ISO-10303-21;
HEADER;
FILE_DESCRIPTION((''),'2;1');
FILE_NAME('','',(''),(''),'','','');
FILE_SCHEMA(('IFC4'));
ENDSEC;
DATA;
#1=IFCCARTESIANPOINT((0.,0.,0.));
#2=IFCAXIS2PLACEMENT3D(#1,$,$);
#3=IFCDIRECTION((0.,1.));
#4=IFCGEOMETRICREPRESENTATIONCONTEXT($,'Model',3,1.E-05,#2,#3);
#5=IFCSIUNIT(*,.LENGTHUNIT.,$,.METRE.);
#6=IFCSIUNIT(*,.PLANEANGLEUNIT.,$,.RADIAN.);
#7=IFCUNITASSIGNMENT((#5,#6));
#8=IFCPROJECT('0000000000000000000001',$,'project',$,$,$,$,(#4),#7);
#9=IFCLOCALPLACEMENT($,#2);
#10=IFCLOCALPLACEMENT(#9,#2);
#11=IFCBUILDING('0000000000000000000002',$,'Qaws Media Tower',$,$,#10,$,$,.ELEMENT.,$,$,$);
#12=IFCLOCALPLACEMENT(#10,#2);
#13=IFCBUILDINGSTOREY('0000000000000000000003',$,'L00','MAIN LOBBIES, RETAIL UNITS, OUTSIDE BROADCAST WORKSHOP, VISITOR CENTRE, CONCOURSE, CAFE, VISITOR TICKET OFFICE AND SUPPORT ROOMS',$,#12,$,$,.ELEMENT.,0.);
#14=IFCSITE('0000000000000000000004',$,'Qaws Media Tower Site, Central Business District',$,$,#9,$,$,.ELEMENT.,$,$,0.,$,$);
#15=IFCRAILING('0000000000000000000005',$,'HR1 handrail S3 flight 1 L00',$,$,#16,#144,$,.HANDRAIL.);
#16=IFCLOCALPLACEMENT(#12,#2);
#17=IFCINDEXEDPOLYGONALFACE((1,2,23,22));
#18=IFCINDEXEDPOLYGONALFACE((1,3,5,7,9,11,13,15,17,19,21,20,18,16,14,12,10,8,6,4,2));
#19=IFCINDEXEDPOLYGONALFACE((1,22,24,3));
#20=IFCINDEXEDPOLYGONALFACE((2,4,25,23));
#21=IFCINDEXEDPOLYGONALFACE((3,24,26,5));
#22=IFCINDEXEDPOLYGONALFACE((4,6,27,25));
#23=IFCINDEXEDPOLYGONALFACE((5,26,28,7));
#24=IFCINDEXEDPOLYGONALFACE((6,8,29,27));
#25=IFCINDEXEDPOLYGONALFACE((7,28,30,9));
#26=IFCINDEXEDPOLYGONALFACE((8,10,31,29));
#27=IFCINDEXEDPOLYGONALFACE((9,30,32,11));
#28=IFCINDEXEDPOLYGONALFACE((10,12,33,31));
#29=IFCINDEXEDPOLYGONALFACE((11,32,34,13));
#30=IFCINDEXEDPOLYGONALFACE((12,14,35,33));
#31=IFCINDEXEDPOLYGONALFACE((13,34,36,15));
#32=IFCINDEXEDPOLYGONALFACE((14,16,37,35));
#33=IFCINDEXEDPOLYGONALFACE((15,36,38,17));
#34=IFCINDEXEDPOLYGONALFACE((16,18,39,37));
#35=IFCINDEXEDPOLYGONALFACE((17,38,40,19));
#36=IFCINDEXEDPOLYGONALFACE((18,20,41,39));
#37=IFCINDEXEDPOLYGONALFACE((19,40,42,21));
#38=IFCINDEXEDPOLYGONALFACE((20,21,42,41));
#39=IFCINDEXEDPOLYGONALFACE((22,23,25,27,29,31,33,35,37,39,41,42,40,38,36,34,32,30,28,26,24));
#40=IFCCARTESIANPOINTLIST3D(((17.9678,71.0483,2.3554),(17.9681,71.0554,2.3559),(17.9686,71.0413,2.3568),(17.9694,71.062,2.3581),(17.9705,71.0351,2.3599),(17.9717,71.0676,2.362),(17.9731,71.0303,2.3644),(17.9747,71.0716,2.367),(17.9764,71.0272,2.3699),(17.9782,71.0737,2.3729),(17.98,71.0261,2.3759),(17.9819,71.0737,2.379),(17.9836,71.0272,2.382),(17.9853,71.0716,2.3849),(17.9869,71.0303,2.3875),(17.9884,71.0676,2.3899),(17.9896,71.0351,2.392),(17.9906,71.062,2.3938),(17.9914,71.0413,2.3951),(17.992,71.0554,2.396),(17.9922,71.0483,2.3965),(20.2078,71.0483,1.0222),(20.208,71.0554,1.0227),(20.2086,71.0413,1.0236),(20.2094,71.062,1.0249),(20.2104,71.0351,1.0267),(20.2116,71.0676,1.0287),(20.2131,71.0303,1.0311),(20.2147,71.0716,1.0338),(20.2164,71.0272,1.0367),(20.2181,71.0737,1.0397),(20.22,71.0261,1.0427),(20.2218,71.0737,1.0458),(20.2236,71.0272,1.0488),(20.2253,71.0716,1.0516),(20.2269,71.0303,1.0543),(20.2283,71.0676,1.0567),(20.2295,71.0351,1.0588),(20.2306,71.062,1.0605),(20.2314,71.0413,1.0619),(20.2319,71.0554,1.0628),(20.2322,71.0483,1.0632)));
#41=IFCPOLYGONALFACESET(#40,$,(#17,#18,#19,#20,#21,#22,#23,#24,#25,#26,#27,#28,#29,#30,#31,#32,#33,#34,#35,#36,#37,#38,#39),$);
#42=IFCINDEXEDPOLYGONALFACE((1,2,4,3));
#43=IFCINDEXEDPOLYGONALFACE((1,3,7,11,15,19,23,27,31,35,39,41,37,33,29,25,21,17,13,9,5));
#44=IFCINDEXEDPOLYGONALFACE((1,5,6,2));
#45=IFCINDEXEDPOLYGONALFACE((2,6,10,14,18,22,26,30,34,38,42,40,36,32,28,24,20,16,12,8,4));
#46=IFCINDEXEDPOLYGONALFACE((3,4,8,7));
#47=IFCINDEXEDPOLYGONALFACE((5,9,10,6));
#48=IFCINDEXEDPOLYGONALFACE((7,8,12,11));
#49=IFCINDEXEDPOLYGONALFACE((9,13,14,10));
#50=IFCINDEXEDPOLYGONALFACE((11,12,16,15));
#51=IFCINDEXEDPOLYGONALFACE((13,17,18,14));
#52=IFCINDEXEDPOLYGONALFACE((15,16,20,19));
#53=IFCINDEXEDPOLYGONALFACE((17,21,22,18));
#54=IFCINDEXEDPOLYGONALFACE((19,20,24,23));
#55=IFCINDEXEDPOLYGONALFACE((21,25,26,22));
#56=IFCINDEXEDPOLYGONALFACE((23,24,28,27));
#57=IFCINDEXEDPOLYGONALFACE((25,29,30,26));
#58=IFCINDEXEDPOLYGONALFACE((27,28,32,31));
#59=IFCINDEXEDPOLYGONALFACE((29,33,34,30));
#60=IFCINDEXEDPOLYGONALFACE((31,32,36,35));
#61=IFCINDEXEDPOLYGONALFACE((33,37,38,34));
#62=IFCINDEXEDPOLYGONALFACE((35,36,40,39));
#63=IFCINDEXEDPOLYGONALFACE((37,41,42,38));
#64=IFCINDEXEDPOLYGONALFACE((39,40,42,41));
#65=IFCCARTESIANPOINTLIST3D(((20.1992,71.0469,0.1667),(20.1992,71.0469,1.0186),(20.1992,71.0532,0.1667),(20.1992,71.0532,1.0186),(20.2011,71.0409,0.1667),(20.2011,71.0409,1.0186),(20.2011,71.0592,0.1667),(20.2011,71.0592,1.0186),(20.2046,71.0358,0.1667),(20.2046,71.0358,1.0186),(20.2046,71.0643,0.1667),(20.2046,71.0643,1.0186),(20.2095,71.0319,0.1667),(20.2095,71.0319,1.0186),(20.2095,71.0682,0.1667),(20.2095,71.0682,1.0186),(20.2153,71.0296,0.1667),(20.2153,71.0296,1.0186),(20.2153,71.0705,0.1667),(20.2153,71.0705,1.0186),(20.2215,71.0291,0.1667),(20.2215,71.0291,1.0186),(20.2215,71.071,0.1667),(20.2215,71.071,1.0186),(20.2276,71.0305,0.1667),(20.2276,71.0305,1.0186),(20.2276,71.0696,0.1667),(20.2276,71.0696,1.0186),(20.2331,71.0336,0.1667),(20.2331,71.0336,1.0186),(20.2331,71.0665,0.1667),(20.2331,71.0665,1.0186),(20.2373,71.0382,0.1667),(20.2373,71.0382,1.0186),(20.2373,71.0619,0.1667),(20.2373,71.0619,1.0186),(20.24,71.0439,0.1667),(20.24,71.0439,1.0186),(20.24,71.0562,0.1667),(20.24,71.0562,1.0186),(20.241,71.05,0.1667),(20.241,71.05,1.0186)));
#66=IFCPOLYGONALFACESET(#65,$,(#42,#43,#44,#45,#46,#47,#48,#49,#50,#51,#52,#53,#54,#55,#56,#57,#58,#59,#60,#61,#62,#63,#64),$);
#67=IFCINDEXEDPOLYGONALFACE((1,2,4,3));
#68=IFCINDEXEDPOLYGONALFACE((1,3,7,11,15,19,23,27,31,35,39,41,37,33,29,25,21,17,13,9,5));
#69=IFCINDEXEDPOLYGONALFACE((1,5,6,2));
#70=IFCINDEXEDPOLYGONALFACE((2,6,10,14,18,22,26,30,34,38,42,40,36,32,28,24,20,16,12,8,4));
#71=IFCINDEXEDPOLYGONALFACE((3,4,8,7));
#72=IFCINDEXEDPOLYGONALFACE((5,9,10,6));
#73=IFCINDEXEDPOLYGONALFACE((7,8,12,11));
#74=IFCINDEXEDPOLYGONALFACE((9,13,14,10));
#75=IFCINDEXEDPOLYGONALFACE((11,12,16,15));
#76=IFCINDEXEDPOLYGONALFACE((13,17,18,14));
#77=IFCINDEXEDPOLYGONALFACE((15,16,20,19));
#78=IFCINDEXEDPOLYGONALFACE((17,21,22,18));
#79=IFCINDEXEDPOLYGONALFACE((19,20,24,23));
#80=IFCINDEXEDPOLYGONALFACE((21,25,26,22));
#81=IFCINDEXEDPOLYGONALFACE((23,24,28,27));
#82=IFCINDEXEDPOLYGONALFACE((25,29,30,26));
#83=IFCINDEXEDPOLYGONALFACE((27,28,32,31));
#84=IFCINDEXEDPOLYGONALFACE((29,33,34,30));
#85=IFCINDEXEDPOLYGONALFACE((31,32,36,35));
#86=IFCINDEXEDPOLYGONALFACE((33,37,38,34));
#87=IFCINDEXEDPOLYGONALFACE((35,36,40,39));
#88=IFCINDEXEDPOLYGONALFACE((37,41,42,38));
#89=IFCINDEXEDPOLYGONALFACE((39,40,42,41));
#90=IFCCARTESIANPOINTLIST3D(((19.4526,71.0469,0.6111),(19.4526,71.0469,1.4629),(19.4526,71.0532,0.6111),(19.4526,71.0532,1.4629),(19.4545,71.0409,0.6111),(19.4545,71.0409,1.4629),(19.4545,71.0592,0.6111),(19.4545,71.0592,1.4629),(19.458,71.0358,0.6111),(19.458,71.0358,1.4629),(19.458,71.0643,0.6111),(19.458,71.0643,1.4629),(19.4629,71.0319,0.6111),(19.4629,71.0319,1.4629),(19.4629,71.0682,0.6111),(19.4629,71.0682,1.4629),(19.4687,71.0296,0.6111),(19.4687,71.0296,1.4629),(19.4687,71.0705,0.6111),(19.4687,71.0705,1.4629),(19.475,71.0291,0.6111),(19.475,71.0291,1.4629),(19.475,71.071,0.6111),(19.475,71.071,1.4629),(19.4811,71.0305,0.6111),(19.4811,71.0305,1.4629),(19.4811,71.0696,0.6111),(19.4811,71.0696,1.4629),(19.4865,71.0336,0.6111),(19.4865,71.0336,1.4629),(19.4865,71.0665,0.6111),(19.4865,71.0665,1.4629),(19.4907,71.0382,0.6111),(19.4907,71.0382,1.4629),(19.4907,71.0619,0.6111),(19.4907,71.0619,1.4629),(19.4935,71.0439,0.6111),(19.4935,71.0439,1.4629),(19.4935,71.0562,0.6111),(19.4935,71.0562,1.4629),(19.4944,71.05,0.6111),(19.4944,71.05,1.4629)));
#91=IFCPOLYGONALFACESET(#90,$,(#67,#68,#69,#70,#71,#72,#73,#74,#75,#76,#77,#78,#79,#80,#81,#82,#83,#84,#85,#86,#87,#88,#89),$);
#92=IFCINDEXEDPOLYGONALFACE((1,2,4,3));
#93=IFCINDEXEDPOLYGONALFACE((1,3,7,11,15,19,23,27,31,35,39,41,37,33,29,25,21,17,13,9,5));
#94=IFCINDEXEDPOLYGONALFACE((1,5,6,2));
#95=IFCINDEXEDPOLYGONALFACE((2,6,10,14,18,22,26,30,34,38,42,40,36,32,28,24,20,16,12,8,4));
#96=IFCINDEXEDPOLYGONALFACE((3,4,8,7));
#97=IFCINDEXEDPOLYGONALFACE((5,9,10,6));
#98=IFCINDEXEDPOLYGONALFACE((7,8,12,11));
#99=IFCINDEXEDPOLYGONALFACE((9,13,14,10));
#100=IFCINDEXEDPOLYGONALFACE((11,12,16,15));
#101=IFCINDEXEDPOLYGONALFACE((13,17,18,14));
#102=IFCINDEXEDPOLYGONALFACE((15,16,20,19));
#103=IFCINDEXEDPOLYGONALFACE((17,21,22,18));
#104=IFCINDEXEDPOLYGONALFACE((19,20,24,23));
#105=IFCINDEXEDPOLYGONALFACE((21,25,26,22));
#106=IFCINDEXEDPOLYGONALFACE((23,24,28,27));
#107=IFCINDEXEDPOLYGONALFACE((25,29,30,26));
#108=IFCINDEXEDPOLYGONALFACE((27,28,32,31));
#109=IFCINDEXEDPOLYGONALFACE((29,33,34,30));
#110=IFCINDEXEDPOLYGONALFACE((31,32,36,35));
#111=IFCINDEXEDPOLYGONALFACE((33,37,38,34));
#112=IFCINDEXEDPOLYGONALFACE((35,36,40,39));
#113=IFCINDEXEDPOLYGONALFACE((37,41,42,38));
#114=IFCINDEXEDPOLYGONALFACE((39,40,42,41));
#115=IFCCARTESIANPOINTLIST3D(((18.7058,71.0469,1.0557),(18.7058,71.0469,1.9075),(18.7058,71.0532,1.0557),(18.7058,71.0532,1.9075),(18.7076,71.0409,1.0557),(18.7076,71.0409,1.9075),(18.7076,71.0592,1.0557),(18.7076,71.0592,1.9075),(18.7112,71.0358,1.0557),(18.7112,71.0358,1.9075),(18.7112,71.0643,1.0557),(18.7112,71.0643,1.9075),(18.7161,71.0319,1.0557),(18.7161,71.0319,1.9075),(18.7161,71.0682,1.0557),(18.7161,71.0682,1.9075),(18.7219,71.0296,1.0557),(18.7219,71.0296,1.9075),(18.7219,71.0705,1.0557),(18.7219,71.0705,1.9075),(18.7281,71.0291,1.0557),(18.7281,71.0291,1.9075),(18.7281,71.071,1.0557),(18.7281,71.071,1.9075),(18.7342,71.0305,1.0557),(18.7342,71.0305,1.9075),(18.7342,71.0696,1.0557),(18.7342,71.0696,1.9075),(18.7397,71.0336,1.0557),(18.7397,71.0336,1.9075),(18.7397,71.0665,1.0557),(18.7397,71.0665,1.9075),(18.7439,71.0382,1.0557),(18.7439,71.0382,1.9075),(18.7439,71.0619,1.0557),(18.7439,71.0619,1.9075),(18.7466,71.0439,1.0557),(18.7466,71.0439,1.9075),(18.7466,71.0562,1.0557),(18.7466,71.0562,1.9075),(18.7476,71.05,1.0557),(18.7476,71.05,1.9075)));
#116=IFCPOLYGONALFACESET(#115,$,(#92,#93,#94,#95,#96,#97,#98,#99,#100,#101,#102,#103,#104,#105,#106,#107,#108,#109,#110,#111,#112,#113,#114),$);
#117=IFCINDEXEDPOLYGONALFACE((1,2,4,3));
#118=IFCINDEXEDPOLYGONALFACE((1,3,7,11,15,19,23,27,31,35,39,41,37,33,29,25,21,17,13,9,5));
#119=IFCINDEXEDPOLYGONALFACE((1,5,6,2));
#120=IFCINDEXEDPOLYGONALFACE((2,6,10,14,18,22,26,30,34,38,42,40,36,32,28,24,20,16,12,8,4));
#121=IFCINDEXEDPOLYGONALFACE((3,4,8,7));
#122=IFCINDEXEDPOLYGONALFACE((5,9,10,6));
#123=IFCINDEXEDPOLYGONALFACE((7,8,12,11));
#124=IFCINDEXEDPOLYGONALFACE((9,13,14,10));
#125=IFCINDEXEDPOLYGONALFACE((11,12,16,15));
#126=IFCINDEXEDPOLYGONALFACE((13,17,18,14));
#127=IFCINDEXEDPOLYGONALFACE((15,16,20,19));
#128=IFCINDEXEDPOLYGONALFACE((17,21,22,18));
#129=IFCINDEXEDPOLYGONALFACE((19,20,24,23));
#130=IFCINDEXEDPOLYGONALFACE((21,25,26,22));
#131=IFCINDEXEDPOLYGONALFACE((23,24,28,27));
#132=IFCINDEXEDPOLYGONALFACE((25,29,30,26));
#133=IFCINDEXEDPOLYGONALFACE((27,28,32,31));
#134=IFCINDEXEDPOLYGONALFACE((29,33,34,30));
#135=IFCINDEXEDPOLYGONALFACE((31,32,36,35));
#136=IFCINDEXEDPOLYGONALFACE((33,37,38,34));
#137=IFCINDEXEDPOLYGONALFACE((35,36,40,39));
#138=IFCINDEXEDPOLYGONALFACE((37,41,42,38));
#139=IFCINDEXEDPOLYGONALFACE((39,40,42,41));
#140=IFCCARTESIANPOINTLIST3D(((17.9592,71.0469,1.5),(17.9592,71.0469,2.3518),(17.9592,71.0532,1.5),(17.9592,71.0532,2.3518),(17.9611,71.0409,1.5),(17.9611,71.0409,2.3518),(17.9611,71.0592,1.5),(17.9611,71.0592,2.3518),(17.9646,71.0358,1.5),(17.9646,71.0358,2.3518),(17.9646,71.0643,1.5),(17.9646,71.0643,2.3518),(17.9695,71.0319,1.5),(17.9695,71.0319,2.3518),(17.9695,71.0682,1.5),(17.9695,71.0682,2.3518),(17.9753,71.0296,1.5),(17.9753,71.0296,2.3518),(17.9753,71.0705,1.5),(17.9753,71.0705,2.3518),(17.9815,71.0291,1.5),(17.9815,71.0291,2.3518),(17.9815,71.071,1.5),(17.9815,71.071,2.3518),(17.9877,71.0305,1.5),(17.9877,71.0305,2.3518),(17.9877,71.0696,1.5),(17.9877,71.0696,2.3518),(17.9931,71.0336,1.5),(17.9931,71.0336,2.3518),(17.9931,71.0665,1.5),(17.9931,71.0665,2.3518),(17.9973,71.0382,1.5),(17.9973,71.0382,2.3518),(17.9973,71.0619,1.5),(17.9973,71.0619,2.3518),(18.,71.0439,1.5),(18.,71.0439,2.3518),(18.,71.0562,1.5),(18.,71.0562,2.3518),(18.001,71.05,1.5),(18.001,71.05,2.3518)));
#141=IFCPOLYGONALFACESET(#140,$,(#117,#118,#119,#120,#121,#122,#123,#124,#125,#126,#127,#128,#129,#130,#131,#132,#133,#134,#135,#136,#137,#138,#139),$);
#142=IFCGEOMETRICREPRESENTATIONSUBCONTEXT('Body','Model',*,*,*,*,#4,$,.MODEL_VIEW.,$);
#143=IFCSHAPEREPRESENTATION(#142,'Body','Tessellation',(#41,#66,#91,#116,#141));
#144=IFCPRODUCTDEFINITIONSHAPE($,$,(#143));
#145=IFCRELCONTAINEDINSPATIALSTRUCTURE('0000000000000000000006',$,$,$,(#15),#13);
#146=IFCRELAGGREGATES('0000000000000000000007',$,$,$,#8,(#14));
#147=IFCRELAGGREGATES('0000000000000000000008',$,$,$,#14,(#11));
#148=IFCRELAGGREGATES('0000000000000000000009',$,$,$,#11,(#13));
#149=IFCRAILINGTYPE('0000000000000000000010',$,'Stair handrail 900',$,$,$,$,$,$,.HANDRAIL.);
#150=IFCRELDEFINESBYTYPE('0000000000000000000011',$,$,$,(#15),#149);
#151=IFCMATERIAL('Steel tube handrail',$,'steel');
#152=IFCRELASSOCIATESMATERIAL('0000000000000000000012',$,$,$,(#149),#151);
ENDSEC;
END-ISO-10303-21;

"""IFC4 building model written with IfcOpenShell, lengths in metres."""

from ifc_helpers import new_model, si_unit, direction, frame, origin, origin_2d, place, context, subcontext, project, spatial, circle, extrude, material, type_object, element, save


model = new_model("IFC4")

# Units and contexts
model_context = context("Model", 3, precision=1e-05, world=origin(), true_north=direction((0.0, 1.0)))
body_context = subcontext(model_context, "Body", "Model", "MODEL_VIEW")
ifc_project = project(units=[si_unit("LENGTHUNIT", "METRE"), si_unit("PLANEANGLEUNIT", "RADIAN")], contexts=[model_context])

# Site, building, storey
site_placement = place(None, origin())
site = spatial("IfcSite", under=ifc_project, at=site_placement, Name="Qaws Media Tower Site, Central Business District", CompositionType="ELEMENT", RefElevation=0.0)
building_placement = place(site_placement, origin())
building = spatial("IfcBuilding", under=site, at=building_placement, Name="Qaws Media Tower", CompositionType="ELEMENT")
storey_placement = place(building_placement, origin())
storey = spatial("IfcBuildingStorey", under=building, at=storey_placement, Name="L00", Description="MAIN LOBBIES, RETAIL UNITS, OUTSIDE BROADCAST WORKSHOP, VISITOR CENTRE, CONCOURSE, CAFE, VISITOR TICKET OFFICE AND SUPPORT ROOMS", CompositionType="ELEMENT", Elevation=0.0)

# Railing
ifc_material_1 = material(Name="Steel tube handrail", Category="steel")
railing_type = type_object("IfcRailingType", Name="Stair handrail 900", PredefinedType="HANDRAIL", material=ifc_material_1)
for number, where, name in (
    (1, (20.22, 71.05, 0.1667), "HR1 handrail S3 flight 1 L00"),
):
    element("IfcRailing", number, at=place(storey_placement, frame(where)), inside=storey, type_object=railing_type, Name=name, PredefinedType="HANDRAIL", context=body_context, shape_type="SweptSolid", body=[
        extrude(circle(Radius=0.0239, at=origin_2d()), frame((0.0, 0.0, 0.876), z_axis=(-0.859306, 0.0, 0.511462), x_axis=(0.0, -1.0, 0.0)), (0.0, 0.0, 1.0), 2.6067),
        extrude(circle(Radius=0.021, at=origin_2d()), origin(), (0.0, 0.0, 1.0), 0.8518),
        extrude(circle(Radius=0.021, at=origin_2d()), frame((-0.7466, 0.0, 0.4443)), (0.0, 0.0, 1.0), 0.8518),
        extrude(circle(Radius=0.021, at=origin_2d()), frame((-1.4934, 0.0, 0.8889)), (0.0, 0.0, 1.0), 0.8518),
        extrude(circle(Radius=0.021, at=origin_2d()), frame((-2.24, 0.0, 1.3333)), (0.0, 0.0, 1.0), 0.8518),
    ])

save(model, "model.ifc")
